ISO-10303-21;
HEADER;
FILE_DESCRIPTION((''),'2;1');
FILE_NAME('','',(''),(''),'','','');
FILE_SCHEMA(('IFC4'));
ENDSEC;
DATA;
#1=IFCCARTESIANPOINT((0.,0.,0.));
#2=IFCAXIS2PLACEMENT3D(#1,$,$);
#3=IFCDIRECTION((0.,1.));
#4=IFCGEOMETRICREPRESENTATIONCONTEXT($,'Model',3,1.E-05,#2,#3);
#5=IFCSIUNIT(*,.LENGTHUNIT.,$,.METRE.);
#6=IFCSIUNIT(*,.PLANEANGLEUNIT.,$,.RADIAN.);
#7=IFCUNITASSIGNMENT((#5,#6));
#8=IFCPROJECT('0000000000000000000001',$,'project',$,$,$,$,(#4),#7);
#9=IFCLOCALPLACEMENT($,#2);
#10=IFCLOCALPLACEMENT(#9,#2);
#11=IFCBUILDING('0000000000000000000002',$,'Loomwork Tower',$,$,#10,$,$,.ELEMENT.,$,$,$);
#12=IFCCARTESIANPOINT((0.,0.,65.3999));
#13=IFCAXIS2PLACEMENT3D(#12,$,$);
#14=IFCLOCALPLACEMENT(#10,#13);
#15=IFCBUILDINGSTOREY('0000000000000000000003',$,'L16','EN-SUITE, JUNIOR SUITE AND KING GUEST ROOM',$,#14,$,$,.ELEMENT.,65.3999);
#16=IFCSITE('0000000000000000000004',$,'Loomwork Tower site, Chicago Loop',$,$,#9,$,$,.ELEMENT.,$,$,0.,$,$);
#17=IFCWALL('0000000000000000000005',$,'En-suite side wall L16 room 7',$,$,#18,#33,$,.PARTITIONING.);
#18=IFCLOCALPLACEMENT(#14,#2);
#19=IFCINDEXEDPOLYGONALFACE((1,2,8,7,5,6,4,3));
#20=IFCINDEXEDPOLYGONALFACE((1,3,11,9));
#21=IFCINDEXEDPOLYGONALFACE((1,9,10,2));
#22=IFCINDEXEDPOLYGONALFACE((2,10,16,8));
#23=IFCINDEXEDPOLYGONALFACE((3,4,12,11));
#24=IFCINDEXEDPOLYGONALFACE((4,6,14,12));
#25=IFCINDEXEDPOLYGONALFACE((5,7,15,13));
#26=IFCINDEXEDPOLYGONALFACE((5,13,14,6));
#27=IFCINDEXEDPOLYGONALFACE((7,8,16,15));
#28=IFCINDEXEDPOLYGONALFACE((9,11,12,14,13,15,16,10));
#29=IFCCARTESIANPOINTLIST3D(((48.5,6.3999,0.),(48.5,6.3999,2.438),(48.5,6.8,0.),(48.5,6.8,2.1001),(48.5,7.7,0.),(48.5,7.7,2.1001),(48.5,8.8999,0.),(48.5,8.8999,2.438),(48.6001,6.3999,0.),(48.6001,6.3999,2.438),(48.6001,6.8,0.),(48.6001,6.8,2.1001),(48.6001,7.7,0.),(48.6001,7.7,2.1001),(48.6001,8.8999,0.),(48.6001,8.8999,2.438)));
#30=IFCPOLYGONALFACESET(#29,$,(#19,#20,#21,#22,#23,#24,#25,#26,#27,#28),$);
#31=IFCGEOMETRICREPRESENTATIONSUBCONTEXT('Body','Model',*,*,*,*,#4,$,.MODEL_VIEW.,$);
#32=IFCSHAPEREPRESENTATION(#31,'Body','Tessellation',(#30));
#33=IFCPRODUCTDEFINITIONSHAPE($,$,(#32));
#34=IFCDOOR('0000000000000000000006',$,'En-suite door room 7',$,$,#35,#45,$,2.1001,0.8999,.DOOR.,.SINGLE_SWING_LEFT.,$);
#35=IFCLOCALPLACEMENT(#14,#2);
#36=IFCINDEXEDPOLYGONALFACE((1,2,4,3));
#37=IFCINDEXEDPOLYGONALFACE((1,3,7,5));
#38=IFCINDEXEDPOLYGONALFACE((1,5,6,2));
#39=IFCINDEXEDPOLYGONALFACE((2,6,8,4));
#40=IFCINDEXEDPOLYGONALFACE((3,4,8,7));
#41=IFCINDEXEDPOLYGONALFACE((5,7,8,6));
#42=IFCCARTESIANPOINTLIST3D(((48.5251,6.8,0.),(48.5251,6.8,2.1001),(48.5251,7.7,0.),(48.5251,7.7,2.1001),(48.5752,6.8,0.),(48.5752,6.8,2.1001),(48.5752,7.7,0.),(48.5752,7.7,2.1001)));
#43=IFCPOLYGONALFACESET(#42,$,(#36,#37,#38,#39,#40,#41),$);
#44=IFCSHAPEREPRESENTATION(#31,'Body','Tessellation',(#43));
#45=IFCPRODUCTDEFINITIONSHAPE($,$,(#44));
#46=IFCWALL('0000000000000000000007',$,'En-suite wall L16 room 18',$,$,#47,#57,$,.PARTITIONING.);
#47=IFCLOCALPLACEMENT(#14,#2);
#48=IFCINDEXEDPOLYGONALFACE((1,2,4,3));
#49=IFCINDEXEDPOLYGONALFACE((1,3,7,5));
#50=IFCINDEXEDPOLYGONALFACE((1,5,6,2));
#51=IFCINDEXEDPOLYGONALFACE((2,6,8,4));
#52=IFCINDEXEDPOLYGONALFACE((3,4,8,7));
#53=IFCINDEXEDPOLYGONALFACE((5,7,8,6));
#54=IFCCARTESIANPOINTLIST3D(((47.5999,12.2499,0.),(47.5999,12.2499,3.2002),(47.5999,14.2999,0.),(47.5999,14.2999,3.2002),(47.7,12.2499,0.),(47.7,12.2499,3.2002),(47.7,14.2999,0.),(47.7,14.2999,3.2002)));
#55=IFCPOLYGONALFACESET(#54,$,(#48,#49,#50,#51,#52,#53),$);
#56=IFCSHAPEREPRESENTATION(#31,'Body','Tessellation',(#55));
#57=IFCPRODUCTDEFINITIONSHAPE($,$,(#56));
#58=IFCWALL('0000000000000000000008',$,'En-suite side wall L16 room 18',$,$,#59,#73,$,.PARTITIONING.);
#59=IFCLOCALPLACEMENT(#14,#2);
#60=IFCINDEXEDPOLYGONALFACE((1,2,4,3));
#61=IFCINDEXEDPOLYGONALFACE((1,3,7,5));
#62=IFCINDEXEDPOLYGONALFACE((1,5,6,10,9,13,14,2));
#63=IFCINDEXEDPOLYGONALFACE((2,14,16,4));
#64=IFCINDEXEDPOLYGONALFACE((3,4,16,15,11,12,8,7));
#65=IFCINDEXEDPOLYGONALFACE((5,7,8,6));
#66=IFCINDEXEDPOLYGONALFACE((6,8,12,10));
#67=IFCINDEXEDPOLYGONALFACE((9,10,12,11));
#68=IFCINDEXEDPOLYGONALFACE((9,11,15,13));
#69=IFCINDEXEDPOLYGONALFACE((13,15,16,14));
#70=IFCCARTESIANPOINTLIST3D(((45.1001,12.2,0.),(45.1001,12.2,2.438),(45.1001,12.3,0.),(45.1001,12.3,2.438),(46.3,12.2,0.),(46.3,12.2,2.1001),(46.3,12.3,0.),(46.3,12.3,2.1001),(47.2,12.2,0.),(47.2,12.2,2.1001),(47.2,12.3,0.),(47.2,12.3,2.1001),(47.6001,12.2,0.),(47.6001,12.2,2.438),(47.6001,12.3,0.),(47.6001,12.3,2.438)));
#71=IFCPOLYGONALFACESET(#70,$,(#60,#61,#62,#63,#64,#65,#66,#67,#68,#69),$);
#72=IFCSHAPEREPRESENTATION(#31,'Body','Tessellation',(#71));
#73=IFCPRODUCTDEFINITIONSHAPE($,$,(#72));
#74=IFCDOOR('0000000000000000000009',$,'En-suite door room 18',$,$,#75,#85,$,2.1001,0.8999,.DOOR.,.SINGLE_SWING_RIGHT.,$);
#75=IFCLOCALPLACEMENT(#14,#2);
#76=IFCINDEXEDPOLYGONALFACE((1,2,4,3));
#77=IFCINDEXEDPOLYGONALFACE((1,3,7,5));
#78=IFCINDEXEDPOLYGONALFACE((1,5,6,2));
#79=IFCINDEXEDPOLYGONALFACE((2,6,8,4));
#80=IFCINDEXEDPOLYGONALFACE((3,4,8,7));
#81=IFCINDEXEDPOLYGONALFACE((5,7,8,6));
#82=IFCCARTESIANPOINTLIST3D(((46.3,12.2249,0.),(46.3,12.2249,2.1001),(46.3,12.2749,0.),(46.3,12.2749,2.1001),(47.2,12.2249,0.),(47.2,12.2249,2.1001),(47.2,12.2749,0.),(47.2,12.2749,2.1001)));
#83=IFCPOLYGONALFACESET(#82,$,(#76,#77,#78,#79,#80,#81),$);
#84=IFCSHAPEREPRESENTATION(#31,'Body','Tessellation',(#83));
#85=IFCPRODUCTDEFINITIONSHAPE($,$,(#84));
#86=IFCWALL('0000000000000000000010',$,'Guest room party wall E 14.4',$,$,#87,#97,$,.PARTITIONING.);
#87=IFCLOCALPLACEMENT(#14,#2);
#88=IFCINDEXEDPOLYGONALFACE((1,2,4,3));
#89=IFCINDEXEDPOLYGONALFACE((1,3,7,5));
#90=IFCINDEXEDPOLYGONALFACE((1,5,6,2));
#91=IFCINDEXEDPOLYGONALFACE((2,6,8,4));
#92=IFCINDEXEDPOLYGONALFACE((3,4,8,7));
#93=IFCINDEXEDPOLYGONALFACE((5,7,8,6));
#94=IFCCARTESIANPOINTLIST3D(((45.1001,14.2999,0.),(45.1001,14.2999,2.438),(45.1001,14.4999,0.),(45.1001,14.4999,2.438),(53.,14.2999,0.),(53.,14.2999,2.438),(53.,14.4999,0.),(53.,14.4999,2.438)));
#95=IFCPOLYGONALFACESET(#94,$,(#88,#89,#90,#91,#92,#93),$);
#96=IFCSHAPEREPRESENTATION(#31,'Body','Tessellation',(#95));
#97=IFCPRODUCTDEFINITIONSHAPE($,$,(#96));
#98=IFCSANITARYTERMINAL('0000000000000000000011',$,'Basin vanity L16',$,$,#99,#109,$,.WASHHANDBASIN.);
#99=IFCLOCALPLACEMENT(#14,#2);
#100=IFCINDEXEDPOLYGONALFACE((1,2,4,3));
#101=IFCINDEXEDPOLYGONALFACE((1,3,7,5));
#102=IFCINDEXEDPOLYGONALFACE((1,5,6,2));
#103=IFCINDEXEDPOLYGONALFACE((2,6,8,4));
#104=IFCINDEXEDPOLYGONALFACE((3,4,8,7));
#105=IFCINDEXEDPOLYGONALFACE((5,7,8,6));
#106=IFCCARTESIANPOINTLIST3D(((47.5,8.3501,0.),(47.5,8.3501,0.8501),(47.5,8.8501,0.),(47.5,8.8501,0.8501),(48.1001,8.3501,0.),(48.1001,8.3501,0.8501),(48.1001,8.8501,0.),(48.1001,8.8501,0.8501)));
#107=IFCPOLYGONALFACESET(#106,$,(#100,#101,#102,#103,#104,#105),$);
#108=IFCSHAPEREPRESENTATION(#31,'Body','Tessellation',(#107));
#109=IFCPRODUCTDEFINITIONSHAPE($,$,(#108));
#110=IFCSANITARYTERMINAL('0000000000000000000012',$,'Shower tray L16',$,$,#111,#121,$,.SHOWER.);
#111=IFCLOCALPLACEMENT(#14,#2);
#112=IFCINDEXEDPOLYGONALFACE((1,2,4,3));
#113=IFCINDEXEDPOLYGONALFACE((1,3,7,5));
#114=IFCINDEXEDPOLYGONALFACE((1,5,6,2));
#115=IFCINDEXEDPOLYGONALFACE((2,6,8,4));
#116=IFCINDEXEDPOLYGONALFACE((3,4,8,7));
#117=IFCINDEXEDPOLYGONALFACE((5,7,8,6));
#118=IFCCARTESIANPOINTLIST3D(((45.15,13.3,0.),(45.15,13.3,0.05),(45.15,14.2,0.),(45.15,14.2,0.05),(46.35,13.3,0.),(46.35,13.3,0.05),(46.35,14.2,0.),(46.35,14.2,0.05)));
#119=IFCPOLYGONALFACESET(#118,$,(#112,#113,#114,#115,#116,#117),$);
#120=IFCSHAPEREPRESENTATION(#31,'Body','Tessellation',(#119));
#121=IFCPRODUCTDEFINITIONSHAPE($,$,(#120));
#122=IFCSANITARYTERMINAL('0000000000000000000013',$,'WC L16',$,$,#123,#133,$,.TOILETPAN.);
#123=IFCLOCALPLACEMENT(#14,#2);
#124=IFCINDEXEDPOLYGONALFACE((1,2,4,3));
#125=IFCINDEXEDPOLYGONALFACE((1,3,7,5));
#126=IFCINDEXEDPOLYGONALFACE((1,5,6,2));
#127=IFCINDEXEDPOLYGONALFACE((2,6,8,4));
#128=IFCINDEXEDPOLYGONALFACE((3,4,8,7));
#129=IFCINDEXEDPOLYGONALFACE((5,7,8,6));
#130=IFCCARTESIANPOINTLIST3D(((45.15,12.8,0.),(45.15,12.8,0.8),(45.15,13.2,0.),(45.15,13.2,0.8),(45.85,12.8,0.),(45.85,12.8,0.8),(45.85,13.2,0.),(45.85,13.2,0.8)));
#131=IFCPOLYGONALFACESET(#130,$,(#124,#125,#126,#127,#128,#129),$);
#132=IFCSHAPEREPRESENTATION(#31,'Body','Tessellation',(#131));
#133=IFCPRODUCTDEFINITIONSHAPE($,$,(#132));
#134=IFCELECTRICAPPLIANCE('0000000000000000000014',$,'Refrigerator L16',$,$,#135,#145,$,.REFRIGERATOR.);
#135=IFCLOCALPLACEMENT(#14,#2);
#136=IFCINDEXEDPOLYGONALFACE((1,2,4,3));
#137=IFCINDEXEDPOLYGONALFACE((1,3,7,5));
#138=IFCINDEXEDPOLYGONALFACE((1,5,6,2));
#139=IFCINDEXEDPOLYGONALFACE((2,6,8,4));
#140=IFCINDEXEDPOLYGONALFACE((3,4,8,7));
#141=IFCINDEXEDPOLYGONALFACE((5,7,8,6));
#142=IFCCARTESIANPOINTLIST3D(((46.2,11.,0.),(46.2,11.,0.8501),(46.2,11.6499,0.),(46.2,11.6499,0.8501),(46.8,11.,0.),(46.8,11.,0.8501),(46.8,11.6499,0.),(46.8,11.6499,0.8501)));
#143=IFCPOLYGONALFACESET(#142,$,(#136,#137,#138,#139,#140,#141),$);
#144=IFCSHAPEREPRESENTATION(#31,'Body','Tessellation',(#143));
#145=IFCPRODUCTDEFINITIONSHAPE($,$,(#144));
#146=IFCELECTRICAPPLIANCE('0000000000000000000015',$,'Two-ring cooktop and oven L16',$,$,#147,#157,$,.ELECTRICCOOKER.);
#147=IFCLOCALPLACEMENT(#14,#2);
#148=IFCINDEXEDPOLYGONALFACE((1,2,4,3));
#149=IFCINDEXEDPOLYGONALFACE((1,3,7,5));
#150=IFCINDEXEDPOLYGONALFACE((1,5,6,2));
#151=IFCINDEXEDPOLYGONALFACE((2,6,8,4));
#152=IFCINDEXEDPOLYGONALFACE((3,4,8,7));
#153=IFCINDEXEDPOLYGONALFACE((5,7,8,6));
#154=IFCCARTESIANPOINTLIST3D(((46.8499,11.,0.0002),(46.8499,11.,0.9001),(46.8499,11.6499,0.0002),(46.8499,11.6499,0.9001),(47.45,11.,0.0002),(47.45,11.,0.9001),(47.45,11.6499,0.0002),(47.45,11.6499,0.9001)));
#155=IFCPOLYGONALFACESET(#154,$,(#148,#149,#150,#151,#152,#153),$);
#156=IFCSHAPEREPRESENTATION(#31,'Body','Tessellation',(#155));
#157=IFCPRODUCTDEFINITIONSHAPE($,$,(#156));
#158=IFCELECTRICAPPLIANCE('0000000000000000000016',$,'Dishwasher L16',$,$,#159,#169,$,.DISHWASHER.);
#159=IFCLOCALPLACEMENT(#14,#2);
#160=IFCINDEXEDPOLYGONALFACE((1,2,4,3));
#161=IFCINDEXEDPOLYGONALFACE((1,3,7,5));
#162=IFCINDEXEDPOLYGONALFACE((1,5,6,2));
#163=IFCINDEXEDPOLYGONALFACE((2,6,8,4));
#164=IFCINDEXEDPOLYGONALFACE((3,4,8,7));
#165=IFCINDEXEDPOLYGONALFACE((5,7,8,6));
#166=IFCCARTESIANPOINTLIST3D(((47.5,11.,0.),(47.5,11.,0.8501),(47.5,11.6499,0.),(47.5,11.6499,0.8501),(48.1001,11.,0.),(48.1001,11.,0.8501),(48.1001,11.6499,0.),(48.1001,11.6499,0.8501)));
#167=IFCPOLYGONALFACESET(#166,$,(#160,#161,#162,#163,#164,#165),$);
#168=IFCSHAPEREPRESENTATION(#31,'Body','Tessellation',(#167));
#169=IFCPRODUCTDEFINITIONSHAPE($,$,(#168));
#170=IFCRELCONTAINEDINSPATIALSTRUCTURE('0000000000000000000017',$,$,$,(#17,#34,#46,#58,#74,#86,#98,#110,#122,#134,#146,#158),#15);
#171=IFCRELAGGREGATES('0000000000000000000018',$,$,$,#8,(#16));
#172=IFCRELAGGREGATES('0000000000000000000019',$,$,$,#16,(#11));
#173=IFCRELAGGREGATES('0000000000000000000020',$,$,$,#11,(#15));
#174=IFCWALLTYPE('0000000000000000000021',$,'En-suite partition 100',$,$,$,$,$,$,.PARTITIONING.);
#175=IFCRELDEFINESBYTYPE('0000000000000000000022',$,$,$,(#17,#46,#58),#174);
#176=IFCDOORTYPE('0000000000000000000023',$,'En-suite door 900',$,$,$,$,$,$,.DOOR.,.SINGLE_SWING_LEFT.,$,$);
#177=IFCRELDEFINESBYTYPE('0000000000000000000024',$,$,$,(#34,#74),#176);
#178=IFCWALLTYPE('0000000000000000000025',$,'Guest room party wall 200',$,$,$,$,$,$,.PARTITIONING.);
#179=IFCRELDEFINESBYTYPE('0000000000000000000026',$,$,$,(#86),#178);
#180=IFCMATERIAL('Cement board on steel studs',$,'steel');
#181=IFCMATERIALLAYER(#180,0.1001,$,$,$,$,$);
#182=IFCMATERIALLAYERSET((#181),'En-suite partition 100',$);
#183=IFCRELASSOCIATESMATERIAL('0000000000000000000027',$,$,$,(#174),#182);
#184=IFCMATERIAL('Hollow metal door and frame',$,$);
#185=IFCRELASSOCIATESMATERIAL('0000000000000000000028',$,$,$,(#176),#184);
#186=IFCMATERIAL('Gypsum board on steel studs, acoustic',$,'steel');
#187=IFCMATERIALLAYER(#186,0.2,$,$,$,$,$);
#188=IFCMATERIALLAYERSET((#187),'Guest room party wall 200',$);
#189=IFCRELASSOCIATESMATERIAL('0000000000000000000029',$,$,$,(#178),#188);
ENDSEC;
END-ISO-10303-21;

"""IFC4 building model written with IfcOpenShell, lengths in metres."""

from ifc_helpers import new_model, si_unit, direction, frame, frame_2d, origin, origin_2d, place, context, subcontext, project, spatial, rectangle, extrude, material, layer, layer_set, type_object, element, fill, save


model = new_model("IFC4")

# Units and contexts
model_context = context("Model", 3, precision=1e-05, world=origin(), true_north=direction((0.0, 1.0)))
body_context = subcontext(model_context, "Body", "Model", "MODEL_VIEW")
ifc_project = project(units=[si_unit("LENGTHUNIT", "METRE"), si_unit("PLANEANGLEUNIT", "RADIAN")], contexts=[model_context])

# Site, building, storey
site_placement = place(None, origin())
site = spatial("IfcSite", under=ifc_project, at=site_placement, Name="Loomwork Tower site, Chicago Loop", CompositionType="ELEMENT", RefElevation=0.0)
building_placement = place(site_placement, origin())
building = spatial("IfcBuilding", under=site, at=building_placement, Name="Loomwork Tower", CompositionType="ELEMENT")
storey_placement = place(building_placement, frame((0.0, 0.0, 65.3999)))
storey = spatial("IfcBuildingStorey", under=building, at=storey_placement, Name="L16", Description="EN-SUITE, JUNIOR SUITE AND KING GUEST ROOM", CompositionType="ELEMENT", Elevation=65.3999)

# Wall, opening, door
ifc_material_1 = material(Name="Cement board on steel studs", Category="steel")
ifc_layer_1 = layer(ifc_material_1, 0.1001)
ifc_layer_set_1 = layer_set([ifc_layer_1], Name="En-suite partition 100")
wall_type_1 = type_object("IfcWallType", Name="En-suite partition 100", PredefinedType="PARTITIONING", material=ifc_layer_set_1)
wall_1_placement = place(storey_placement, frame((48.55, 8.8999, 0.0), z_axis=(0.0, 0.0, 1.0), x_axis=(0.0, -1.0, 0.0)))
wall_1 = element("IfcWall", 1, at=wall_1_placement, inside=storey, type_object=wall_type_1, Name="En-suite side wall L16 room 7", PredefinedType="PARTITIONING", context=body_context, shape_type="SweptSolid", body=[
    extrude(rectangle(XDim=2.5, YDim=0.1001, at=frame_2d((1.25, 0.0))), origin(), (0.0, 0.0, 1.0), 2.438),
])
opening_1_placement = place(wall_1_placement, frame((1.2, 0.0, 0.0)))
opening_1 = element("IfcOpeningElement", 2, at=opening_1_placement, cuts=wall_1, PredefinedType="OPENING", context=body_context, shape_type="SweptSolid", body=[
    extrude(rectangle(XDim=0.8999, YDim=2.1001, at=frame_2d((0.45, 1.05))), frame((0.0, 0.0601, 0.0), z_axis=(0.0, -1.0, 0.0), x_axis=(1.0, 0.0, 0.0)), (0.0, 0.0, 1.0), 0.1201),
])
ifc_material_2 = material(Name="Hollow metal door and frame")
door_type_1 = type_object("IfcDoorType", Name="En-suite door 900", OperationType="SINGLE_SWING_LEFT", PredefinedType="DOOR", material=ifc_material_2)
door_1_placement = place(opening_1_placement, frame((0.8999, 0.0, 0.0), z_axis=(0.0, 0.0, 1.0), x_axis=(-1.0, 0.0, 0.0)))
door_1 = element("IfcDoor", 3, at=door_1_placement, inside=storey, type_object=door_type_1, Name="En-suite door room 7", OperationType="SINGLE_SWING_LEFT", OverallHeight=2.1001, OverallWidth=0.8999, PredefinedType="DOOR", context=body_context, shape_type="SweptSolid", body=[
    extrude(rectangle(XDim=0.8999, YDim=2.1001, at=frame_2d((0.45, 1.05))), frame((0.0, 0.0249, 0.0), z_axis=(0.0, -1.0, 0.0), x_axis=(1.0, 0.0, 0.0)), (0.0, 0.0, 1.0), 0.05),
])
fill(opening_1, door_1)

# Wall
wall_2_placement = place(storey_placement, frame((47.6499, 12.25, 0.0), z_axis=(0.0, 0.0, 1.0), x_axis=(0.0, 1.0, 0.0)))
element("IfcWall", 4, at=wall_2_placement, inside=storey, type_object=wall_type_1, Name="En-suite wall L16 room 18", PredefinedType="PARTITIONING", context=body_context, shape_type="SweptSolid", body=[
    extrude(rectangle(XDim=2.05, YDim=0.1001, at=frame_2d((1.0249, 0.0))), origin(), (0.0, 0.0, 1.0), 3.2002),
])

# Wall, opening, door
wall_3_placement = place(storey_placement, frame((45.1001, 12.25, 0.0), z_axis=(0.0, 0.0, 1.0), x_axis=(1.0, 0.0, 0.0)))
wall_3 = element("IfcWall", 5, at=wall_3_placement, inside=storey, type_object=wall_type_1, Name="En-suite side wall L16 room 18", PredefinedType="PARTITIONING", context=body_context, shape_type="SweptSolid", body=[
    extrude(rectangle(XDim=2.5, YDim=0.1001, at=frame_2d((1.25, 0.0))), origin(), (0.0, 0.0, 1.0), 2.438),
])
opening_2_placement = place(wall_3_placement, frame((1.2, 0.0, 0.0)))
opening_2 = element("IfcOpeningElement", 6, at=opening_2_placement, cuts=wall_3, PredefinedType="OPENING", context=body_context, shape_type="SweptSolid", body=[
    extrude(rectangle(XDim=0.8999, YDim=2.1001, at=frame_2d((0.45, 1.05))), frame((0.0, 0.0601, 0.0), z_axis=(0.0, -1.0, 0.0), x_axis=(1.0, 0.0, 0.0)), (0.0, 0.0, 1.0), 0.1201),
])
door_2_placement = place(opening_2_placement, origin())
door_2 = element("IfcDoor", 7, at=door_2_placement, inside=storey, type_object=door_type_1, Name="En-suite door room 18", OperationType="SINGLE_SWING_RIGHT", OverallHeight=2.1001, OverallWidth=0.8999, PredefinedType="DOOR", context=body_context, shape_type="SweptSolid", body=[
    extrude(rectangle(XDim=0.8999, YDim=2.1001, at=frame_2d((0.45, 1.05))), frame((0.0, 0.0249, 0.0), z_axis=(0.0, -1.0, 0.0), x_axis=(1.0, 0.0, 0.0)), (0.0, 0.0, 1.0), 0.05),
])
fill(opening_2, door_2)

# Wall
ifc_material_3 = material(Name="Gypsum board on steel studs, acoustic", Category="steel")
ifc_layer_2 = layer(ifc_material_3, 0.2)
ifc_layer_set_2 = layer_set([ifc_layer_2], Name="Guest room party wall 200")
wall_type_2 = type_object("IfcWallType", Name="Guest room party wall 200", PredefinedType="PARTITIONING", material=ifc_layer_set_2)
wall_4_placement = place(storey_placement, frame((45.1001, 14.3999, 0.0), z_axis=(0.0, 0.0, 1.0), x_axis=(1.0, 0.0, 0.0)))
element("IfcWall", 8, at=wall_4_placement, inside=storey, type_object=wall_type_2, Name="Guest room party wall E 14.4", PredefinedType="PARTITIONING", context=body_context, shape_type="SweptSolid", body=[
    extrude(rectangle(XDim=7.8999, YDim=0.2, at=frame_2d((3.95, 0.0))), origin(), (0.0, 0.0, 1.0), 2.438),
])

# Sanitary terminals
sanitary_terminal_1_placement = place(storey_placement, frame((47.8, 8.6001, 0.0), z_axis=(0.0, 0.0, 1.0), x_axis=(1.0, 0.0, 0.0)))
element("IfcSanitaryTerminal", 9, at=sanitary_terminal_1_placement, inside=storey, Name="Basin vanity L16", PredefinedType="WASHHANDBASIN", context=body_context, shape_type="SweptSolid", body=[
    extrude(rectangle(XDim=0.6001, YDim=0.5, at=origin_2d()), origin(), (0.0, 0.0, 1.0), 0.8501),
])
sanitary_terminal_2_placement = place(storey_placement, frame((45.75, 13.75, 0.0), z_axis=(0.0, 0.0, 1.0), x_axis=(1.0, 0.0, 0.0)))
element("IfcSanitaryTerminal", 10, at=sanitary_terminal_2_placement, inside=storey, Name="Shower tray L16", PredefinedType="SHOWER", context=body_context, shape_type="SweptSolid", body=[
    extrude(rectangle(XDim=1.2, YDim=0.8999, at=origin_2d()), origin(), (0.0, 0.0, 1.0), 0.05),
])
sanitary_terminal_3_placement = place(storey_placement, frame((45.5, 13.0, 0.0), z_axis=(0.0, 0.0, 1.0), x_axis=(1.0, 0.0, 0.0)))
element("IfcSanitaryTerminal", 11, at=sanitary_terminal_3_placement, inside=storey, Name="WC L16", PredefinedType="TOILETPAN", context=body_context, shape_type="SweptSolid", body=[
    extrude(rectangle(XDim=0.7, YDim=0.3999, at=origin_2d()), origin(), (0.0, 0.0, 1.0), 0.8),
])

# Electric appliances
electric_appliance_1_placement = place(storey_placement, frame((46.5, 11.325, 0.0), z_axis=(0.0, 0.0, 1.0), x_axis=(1.0, 0.0, 0.0)))
element("IfcElectricAppliance", 12, at=electric_appliance_1_placement, inside=storey, Name="Refrigerator L16", PredefinedType="REFRIGERATOR", context=body_context, shape_type="SweptSolid", body=[
    extrude(rectangle(XDim=0.6001, YDim=0.6499, at=origin_2d()), origin(), (0.0, 0.0, 1.0), 0.8501),
])
electric_appliance_2_placement = place(storey_placement, frame((47.1499, 11.325, 0.0002), z_axis=(0.0, 0.0, 1.0), x_axis=(1.0, 0.0, 0.0)))
element("IfcElectricAppliance", 13, at=electric_appliance_2_placement, inside=storey, Name="Two-ring cooktop and oven L16", PredefinedType="ELECTRICCOOKER", context=body_context, shape_type="SweptSolid", body=[
    extrude(rectangle(XDim=0.6001, YDim=0.6499, at=origin_2d()), origin(), (0.0, 0.0, 1.0), 0.8999),
])
electric_appliance_3_placement = place(storey_placement, frame((47.8, 11.325, 0.0), z_axis=(0.0, 0.0, 1.0), x_axis=(1.0, 0.0, 0.0)))
element("IfcElectricAppliance", 14, at=electric_appliance_3_placement, inside=storey, Name="Dishwasher L16", PredefinedType="DISHWASHER", context=body_context, shape_type="SweptSolid", body=[
    extrude(rectangle(XDim=0.6001, YDim=0.6499, at=origin_2d()), origin(), (0.0, 0.0, 1.0), 0.8501),
])

save(model, "model.ifc")
